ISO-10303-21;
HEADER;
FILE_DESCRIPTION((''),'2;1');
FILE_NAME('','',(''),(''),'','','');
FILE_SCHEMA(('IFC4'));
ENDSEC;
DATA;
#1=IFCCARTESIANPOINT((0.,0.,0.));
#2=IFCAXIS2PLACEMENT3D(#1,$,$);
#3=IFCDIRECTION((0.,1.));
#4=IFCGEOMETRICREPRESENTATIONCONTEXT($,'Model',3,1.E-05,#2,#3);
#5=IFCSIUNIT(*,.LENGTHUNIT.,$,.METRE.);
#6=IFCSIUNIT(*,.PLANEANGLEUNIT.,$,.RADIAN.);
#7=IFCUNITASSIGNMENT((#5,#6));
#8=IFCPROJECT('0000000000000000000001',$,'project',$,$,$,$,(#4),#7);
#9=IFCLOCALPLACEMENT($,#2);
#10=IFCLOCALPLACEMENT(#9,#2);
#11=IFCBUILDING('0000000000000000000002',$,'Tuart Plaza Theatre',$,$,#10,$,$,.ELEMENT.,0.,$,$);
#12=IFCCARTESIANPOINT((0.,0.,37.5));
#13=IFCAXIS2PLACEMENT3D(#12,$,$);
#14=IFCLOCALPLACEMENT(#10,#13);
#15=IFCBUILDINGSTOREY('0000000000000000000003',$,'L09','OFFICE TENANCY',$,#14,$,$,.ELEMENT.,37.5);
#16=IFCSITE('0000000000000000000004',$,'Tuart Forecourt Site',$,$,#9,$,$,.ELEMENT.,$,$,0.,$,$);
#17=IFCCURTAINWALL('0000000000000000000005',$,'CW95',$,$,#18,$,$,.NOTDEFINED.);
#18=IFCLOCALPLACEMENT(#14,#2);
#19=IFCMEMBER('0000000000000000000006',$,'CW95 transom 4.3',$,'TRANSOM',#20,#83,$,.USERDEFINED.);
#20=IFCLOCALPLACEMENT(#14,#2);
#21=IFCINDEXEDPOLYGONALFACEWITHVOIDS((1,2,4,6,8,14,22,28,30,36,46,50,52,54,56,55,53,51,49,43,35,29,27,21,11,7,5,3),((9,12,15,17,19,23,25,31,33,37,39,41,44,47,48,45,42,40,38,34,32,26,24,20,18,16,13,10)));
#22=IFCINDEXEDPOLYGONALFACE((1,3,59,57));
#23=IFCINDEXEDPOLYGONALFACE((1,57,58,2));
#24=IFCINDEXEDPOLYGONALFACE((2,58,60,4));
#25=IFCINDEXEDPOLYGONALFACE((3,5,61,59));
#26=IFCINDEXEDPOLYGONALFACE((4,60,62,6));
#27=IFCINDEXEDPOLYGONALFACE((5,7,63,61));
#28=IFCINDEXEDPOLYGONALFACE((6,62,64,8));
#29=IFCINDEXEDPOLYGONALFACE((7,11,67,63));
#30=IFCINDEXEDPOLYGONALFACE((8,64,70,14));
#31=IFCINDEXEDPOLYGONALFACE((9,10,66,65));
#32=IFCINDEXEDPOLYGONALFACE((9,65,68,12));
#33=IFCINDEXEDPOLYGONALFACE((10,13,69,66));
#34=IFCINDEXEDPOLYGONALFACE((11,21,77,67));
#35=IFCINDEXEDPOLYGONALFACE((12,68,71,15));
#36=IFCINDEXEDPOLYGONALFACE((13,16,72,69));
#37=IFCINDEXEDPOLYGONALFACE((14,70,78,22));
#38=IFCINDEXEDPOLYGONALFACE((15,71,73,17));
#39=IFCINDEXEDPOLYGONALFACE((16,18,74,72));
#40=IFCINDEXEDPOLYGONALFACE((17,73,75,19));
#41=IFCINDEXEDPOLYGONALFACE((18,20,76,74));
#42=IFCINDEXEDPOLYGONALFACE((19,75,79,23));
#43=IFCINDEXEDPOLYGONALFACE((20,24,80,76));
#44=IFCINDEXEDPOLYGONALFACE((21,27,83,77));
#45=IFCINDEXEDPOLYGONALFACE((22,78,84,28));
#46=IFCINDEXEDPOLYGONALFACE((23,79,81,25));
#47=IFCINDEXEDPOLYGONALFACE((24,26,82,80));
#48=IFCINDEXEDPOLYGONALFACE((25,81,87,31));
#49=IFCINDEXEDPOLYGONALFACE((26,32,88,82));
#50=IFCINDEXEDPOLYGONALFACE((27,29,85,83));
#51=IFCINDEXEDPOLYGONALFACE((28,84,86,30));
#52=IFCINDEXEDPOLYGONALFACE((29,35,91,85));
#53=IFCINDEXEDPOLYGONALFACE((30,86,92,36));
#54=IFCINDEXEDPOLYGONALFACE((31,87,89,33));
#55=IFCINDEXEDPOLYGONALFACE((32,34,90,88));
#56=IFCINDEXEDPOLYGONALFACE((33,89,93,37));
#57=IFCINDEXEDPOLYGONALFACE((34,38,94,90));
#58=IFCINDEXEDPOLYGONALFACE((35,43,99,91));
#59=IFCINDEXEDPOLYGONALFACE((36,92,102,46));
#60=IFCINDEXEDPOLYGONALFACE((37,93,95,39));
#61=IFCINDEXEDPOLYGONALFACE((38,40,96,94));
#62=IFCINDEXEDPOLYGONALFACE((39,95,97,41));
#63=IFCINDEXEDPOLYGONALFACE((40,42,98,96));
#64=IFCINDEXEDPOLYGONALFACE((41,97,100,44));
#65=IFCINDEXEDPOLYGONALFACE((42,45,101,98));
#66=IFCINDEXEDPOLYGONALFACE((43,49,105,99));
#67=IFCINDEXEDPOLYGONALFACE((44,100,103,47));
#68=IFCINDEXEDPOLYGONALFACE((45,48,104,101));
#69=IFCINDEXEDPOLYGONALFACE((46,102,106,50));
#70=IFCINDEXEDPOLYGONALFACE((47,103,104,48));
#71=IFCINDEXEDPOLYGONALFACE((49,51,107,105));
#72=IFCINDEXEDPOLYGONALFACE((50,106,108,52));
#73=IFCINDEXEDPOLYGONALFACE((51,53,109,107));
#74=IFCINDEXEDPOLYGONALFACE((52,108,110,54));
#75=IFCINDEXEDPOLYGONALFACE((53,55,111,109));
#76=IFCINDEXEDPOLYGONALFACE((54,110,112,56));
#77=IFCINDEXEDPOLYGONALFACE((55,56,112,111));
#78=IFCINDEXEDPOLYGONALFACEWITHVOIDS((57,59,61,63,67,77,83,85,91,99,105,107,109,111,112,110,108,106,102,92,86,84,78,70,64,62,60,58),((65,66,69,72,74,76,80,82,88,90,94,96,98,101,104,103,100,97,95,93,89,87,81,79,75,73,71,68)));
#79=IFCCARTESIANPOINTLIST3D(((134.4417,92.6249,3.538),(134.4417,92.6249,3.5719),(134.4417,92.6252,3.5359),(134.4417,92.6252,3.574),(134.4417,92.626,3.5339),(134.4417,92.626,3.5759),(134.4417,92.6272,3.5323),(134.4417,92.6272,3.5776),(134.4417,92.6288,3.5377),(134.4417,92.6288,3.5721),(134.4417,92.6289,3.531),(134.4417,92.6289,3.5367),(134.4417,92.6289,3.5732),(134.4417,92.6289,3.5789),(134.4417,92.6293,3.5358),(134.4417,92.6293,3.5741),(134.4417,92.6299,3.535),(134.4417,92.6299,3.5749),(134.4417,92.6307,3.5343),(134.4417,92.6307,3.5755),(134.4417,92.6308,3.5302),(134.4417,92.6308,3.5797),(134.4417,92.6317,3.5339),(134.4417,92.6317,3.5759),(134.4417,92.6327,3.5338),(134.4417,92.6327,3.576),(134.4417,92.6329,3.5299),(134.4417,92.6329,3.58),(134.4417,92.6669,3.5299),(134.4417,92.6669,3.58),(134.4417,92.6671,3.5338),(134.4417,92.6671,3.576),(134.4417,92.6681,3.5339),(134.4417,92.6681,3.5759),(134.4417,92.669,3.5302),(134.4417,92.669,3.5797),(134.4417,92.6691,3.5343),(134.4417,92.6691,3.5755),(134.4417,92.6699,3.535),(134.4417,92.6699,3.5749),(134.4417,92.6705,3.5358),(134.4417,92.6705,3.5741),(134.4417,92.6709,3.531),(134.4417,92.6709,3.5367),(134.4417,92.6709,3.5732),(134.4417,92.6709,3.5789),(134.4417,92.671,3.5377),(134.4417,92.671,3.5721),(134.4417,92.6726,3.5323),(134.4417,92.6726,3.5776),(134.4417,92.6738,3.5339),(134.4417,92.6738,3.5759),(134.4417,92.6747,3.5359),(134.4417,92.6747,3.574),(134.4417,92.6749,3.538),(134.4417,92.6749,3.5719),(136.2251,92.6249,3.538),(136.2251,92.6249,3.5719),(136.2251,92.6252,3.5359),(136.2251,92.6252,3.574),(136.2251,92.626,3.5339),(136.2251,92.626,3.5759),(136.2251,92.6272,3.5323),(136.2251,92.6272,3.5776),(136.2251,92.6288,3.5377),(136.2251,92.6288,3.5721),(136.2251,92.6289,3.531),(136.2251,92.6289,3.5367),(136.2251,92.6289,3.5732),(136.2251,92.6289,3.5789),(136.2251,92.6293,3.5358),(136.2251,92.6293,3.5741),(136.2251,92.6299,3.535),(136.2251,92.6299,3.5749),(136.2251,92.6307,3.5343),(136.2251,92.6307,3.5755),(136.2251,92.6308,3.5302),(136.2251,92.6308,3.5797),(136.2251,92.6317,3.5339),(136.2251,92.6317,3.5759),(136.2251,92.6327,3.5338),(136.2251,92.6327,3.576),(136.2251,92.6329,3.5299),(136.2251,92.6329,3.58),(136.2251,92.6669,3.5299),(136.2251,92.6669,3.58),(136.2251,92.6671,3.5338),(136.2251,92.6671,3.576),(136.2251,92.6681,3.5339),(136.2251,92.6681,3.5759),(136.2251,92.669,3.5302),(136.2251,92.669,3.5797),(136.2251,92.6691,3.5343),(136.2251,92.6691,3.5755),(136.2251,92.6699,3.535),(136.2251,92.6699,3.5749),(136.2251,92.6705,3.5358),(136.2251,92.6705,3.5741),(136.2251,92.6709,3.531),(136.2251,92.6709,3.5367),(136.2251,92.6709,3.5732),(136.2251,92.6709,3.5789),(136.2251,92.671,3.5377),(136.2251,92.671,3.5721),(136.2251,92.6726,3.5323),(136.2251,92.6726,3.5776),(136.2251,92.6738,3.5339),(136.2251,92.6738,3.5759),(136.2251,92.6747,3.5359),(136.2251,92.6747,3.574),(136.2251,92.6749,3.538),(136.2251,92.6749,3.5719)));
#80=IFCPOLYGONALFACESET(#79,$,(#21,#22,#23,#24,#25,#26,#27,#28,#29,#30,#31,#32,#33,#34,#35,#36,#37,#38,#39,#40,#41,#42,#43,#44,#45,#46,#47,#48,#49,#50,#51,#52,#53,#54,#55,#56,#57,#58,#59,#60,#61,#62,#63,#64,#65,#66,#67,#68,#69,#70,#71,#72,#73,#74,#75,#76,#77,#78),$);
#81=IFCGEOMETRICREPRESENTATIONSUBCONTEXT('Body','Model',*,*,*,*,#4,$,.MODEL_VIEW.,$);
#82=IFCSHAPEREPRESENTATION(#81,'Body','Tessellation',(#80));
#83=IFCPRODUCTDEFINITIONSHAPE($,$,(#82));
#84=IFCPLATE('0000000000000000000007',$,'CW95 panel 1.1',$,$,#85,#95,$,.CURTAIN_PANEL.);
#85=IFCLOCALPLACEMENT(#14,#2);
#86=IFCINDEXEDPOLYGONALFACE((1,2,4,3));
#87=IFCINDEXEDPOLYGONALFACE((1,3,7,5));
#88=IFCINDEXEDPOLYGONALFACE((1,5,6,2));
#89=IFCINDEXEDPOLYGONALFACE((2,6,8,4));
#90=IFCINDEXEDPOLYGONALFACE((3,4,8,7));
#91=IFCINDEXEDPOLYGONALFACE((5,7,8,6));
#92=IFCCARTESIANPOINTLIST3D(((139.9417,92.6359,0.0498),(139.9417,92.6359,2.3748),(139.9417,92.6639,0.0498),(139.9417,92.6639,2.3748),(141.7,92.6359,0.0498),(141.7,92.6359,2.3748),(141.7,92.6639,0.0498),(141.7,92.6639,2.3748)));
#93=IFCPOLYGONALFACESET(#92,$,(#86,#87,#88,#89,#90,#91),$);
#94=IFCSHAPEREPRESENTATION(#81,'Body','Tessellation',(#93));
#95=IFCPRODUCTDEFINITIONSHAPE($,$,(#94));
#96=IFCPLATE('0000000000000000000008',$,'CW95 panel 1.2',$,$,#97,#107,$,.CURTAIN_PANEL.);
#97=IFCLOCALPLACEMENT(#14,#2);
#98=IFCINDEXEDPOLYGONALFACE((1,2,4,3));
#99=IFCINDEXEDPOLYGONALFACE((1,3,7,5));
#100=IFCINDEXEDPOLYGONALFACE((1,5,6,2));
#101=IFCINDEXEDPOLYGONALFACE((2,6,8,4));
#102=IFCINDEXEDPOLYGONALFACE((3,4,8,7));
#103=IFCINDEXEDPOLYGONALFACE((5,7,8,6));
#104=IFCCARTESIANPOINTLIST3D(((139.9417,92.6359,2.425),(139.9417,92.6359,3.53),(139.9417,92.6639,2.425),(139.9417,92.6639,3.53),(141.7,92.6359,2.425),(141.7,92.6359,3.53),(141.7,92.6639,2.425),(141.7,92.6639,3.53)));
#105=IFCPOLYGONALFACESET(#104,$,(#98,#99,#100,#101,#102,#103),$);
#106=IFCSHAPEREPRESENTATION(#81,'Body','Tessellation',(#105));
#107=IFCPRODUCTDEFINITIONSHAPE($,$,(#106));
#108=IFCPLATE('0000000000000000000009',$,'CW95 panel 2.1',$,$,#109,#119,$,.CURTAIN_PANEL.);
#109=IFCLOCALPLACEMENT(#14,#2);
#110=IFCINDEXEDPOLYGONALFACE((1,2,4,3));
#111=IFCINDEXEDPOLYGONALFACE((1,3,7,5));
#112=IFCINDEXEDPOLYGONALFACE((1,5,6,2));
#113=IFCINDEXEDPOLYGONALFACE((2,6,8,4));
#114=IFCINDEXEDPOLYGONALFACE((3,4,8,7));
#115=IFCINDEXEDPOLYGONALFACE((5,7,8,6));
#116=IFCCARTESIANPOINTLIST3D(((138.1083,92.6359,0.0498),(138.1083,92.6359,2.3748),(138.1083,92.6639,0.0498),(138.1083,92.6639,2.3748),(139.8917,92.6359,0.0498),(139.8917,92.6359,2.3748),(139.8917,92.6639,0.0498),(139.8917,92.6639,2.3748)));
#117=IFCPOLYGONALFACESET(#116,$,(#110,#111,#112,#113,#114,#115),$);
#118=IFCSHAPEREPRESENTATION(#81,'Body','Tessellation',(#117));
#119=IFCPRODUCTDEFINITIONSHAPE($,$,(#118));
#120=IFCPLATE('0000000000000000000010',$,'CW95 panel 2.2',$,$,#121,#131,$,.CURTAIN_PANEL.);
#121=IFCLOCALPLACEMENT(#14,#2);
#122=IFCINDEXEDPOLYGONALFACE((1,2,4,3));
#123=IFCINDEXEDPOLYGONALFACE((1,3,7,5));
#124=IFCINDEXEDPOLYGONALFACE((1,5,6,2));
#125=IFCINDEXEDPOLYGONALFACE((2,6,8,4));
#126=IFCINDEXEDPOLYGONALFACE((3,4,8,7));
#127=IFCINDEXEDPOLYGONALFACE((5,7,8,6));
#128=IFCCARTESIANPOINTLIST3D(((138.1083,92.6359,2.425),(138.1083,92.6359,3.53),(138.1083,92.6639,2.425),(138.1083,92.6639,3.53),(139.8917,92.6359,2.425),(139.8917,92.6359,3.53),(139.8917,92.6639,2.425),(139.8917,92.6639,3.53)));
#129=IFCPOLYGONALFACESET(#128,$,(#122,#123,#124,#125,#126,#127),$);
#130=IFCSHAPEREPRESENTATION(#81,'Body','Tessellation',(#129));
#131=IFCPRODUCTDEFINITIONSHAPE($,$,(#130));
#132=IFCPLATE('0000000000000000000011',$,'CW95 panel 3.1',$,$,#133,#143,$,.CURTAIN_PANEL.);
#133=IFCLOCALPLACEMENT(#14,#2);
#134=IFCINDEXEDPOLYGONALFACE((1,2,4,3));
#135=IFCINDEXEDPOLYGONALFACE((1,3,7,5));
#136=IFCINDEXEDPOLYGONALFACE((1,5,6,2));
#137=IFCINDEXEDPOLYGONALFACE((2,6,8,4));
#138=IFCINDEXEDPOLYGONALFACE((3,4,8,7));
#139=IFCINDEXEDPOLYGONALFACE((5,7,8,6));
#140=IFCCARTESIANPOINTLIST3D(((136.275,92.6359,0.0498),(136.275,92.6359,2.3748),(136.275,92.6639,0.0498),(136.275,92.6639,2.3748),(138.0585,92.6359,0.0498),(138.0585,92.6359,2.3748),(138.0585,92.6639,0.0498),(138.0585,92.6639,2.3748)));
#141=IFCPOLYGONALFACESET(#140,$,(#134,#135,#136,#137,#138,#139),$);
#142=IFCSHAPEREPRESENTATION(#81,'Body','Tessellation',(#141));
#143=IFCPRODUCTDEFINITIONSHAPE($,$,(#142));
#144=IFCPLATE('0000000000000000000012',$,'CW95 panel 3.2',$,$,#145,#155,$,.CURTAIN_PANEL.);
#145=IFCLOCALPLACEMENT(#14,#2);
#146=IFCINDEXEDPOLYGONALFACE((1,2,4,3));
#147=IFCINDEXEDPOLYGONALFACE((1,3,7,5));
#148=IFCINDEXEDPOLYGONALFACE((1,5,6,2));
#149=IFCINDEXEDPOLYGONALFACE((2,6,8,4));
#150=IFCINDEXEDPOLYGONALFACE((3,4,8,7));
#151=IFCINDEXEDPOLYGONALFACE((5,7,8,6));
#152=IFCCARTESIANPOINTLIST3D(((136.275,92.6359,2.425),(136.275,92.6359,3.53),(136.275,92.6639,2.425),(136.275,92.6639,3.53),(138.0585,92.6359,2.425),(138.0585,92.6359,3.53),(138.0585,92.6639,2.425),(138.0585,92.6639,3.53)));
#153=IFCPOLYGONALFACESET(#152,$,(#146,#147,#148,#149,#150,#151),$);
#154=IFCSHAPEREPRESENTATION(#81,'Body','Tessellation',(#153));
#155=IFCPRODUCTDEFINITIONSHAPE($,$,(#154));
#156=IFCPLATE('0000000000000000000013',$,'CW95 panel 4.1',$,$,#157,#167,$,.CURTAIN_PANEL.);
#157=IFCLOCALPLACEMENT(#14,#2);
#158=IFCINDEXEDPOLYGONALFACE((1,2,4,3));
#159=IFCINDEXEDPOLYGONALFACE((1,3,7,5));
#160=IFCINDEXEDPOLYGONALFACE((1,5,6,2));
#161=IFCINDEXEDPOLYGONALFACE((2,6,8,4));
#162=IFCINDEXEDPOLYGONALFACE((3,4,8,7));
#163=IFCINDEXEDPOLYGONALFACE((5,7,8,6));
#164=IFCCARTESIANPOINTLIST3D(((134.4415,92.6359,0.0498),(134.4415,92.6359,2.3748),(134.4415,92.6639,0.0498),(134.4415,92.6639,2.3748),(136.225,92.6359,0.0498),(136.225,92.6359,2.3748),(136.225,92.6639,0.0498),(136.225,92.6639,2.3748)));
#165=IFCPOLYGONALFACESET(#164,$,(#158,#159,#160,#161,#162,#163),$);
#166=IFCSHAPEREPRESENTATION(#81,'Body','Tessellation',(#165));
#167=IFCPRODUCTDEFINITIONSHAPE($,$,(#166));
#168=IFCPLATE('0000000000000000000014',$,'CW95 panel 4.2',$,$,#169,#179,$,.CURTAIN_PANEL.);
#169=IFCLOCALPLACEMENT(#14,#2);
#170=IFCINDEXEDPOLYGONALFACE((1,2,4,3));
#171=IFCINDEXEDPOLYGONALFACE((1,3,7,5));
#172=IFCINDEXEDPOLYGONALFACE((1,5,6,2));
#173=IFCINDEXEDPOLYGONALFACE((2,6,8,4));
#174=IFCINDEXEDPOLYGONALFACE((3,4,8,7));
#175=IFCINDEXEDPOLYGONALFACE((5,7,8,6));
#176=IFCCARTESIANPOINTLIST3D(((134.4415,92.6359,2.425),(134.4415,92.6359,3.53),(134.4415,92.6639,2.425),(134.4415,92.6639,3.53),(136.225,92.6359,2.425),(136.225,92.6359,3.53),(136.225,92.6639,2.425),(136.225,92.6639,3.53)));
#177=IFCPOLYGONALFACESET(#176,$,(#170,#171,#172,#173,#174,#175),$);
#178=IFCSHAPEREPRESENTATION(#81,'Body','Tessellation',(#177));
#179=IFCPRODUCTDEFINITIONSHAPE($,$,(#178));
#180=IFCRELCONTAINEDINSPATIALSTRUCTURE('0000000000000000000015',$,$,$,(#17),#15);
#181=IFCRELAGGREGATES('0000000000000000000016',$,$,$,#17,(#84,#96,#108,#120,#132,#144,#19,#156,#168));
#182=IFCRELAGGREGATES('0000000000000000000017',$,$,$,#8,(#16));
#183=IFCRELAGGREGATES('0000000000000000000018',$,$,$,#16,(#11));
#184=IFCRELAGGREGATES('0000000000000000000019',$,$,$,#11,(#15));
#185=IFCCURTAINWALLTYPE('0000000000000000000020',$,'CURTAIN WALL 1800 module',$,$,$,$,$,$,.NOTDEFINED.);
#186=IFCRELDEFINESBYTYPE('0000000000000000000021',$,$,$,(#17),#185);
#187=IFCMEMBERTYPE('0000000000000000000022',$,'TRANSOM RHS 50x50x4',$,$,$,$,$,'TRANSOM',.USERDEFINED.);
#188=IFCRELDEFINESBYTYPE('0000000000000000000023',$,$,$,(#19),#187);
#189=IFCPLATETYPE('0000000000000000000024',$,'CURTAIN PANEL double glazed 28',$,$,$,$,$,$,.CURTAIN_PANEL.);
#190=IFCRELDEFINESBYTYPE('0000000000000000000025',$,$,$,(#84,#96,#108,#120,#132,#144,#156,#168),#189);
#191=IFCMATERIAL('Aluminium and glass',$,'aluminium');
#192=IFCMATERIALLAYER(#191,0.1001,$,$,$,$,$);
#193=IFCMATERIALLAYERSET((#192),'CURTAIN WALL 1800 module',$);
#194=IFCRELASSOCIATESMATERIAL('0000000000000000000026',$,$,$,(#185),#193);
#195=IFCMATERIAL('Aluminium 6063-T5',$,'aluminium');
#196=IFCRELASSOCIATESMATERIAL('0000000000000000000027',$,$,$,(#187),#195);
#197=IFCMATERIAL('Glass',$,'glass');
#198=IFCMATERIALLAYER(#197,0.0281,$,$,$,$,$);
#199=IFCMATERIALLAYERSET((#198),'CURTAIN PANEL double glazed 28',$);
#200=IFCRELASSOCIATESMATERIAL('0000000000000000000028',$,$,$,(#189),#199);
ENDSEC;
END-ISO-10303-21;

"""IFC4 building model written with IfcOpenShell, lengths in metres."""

from ifc_helpers import new_model, si_unit, direction, frame, origin, origin_2d, place, context, subcontext, project, spatial, rectangle, hollow_rectangle, extrude, material, layer, layer_set, material_profile, profile_set, type_object, element, aggregate, save


model = new_model("IFC4")

# Units and contexts
model_context = context("Model", 3, precision=1e-05, world=origin(), true_north=direction((0.0, 1.0)))
body_context = subcontext(model_context, "Body", "Model", "MODEL_VIEW")
ifc_project = project(units=[si_unit("LENGTHUNIT", "METRE"), si_unit("PLANEANGLEUNIT", "RADIAN")], contexts=[model_context])

# Site, building, storey
site_placement = place(None, origin())
site = spatial("IfcSite", under=ifc_project, at=site_placement, Name="Tuart Forecourt Site", CompositionType="ELEMENT", RefElevation=0.0)
building_placement = place(site_placement, origin())
building = spatial("IfcBuilding", under=site, at=building_placement, Name="Tuart Plaza Theatre", CompositionType="ELEMENT", ElevationOfRefHeight=0.0)
storey_placement = place(building_placement, frame((0.0, 0.0, 37.5)))
storey = spatial("IfcBuildingStorey", under=building, at=storey_placement, Name="L09", Description="OFFICE TENANCY", CompositionType="ELEMENT", Elevation=37.5)

# Curtain wall, member, plates
ifc_material_1 = material(Name="Aluminium and glass", Category="aluminium")
ifc_layer_1 = layer(ifc_material_1, 0.1001)
ifc_layer_set_1 = layer_set([ifc_layer_1], Name="CURTAIN WALL 1800 module")
curtain_wall_type = type_object("IfcCurtainWallType", Name="CURTAIN WALL 1800 module", PredefinedType="NOTDEFINED", material=ifc_layer_set_1)
curtain_wall_placement = place(storey_placement, origin())
curtain_wall = element("IfcCurtainWall", 1, at=curtain_wall_placement, inside=storey, type_object=curtain_wall_type, Name="CW95", PredefinedType="NOTDEFINED")
ifc_material_2 = material(Name="Aluminium 6063-T5", Category="aluminium")
ifc_material_profile_1 = material_profile(ifc_material_2, hollow_rectangle(XDim=0.05, YDim=0.05, WallThickness=0.0039, InnerFilletRadius=0.0039, OuterFilletRadius=0.0081, at=origin_2d()), Name="RHS 50x50x4")
ifc_profile_set_1 = profile_set([ifc_material_profile_1], Name="Aluminium 6063-T5")
member_type_1 = type_object("IfcMemberType", Name="TRANSOM RHS 50x50x4", ElementType="TRANSOM", PredefinedType="USERDEFINED", material=ifc_profile_set_1)
member_1_placement = place(storey_placement, frame((136.2251, 92.6499, 3.5549), z_axis=(-1.0, 0.0, 0.0), x_axis=(0.0, -1.0, 0.0)))
member_1 = element("IfcMember", 2, at=member_1_placement, type_object=member_type_1, Name="CW95 transom 4.3", ObjectType="TRANSOM", PredefinedType="USERDEFINED", context=body_context, shape_type="SweptSolid", body=[
    extrude(hollow_rectangle(XDim=0.05, YDim=0.05, WallThickness=0.0039, InnerFilletRadius=0.0039, OuterFilletRadius=0.0081, at=origin_2d()), origin(), (0.0, 0.0, 1.0), 1.7834),
])
ifc_material_3 = material(Name="Glass", Category="glass")
ifc_layer_2 = layer(ifc_material_3, 0.0281)
ifc_layer_set_2 = layer_set([ifc_layer_2], Name="CURTAIN PANEL double glazed 28")
plate_type = type_object("IfcPlateType", Name="CURTAIN PANEL double glazed 28", PredefinedType="CURTAIN_PANEL", material=ifc_layer_set_2)
plate_1_placement = place(storey_placement, frame((140.8208, 92.6499, 0.0498), z_axis=(0.0, 0.0, 1.0), x_axis=(-1.0, 0.0, 0.0)))
plate_1 = element("IfcPlate", 3, at=plate_1_placement, type_object=plate_type, Name="CW95 panel 1.1", PredefinedType="CURTAIN_PANEL", context=body_context, shape_type="SweptSolid", body=[
    extrude(rectangle(XDim=1.7583, YDim=0.0281, at=origin_2d()), origin(), (0.0, 0.0, 1.0), 2.325),
])
plate_2_placement = place(storey_placement, frame((140.8208, 92.6499, 2.425), z_axis=(0.0, 0.0, 1.0), x_axis=(-1.0, 0.0, 0.0)))
plate_2 = element("IfcPlate", 4, at=plate_2_placement, type_object=plate_type, Name="CW95 panel 1.2", PredefinedType="CURTAIN_PANEL", context=body_context, shape_type="SweptSolid", body=[
    extrude(rectangle(XDim=1.7583, YDim=0.0281, at=origin_2d()), origin(), (0.0, 0.0, 1.0), 1.105),
])
plate_3_placement = place(storey_placement, frame((139.0, 92.6499, 0.0498), z_axis=(0.0, 0.0, 1.0), x_axis=(-1.0, 0.0, 0.0)))
plate_3 = element("IfcPlate", 5, at=plate_3_placement, type_object=plate_type, Name="CW95 panel 2.1", PredefinedType="CURTAIN_PANEL", context=body_context, shape_type="SweptSolid", body=[
    extrude(rectangle(XDim=1.7834, YDim=0.0281, at=origin_2d()), origin(), (0.0, 0.0, 1.0), 2.325),
])
plate_4_placement = place(storey_placement, frame((139.0, 92.6499, 2.425), z_axis=(0.0, 0.0, 1.0), x_axis=(-1.0, 0.0, 0.0)))
plate_4 = element("IfcPlate", 6, at=plate_4_placement, type_object=plate_type, Name="CW95 panel 2.2", PredefinedType="CURTAIN_PANEL", context=body_context, shape_type="SweptSolid", body=[
    extrude(rectangle(XDim=1.7834, YDim=0.0281, at=origin_2d()), origin(), (0.0, 0.0, 1.0), 1.105),
])
plate_5_placement = place(storey_placement, frame((137.1667, 92.6499, 0.0498), z_axis=(0.0, 0.0, 1.0), x_axis=(-1.0, 0.0, 0.0)))
plate_5 = element("IfcPlate", 7, at=plate_5_placement, type_object=plate_type, Name="CW95 panel 3.1", PredefinedType="CURTAIN_PANEL", context=body_context, shape_type="SweptSolid", body=[
    extrude(rectangle(XDim=1.7834, YDim=0.0281, at=origin_2d()), origin(), (0.0, 0.0, 1.0), 2.325),
])
plate_6_placement = place(storey_placement, frame((137.1667, 92.6499, 2.425), z_axis=(0.0, 0.0, 1.0), x_axis=(-1.0, 0.0, 0.0)))
plate_6 = element("IfcPlate", 8, at=plate_6_placement, type_object=plate_type, Name="CW95 panel 3.2", PredefinedType="CURTAIN_PANEL", context=body_context, shape_type="SweptSolid", body=[
    extrude(rectangle(XDim=1.7834, YDim=0.0281, at=origin_2d()), origin(), (0.0, 0.0, 1.0), 1.105),
])
plate_7_placement = place(storey_placement, frame((135.3333, 92.6499, 0.0498), z_axis=(0.0, 0.0, 1.0), x_axis=(-1.0, 0.0, 0.0)))
plate_7 = element("IfcPlate", 9, at=plate_7_placement, type_object=plate_type, Name="CW95 panel 4.1", PredefinedType="CURTAIN_PANEL", context=body_context, shape_type="SweptSolid", body=[
    extrude(rectangle(XDim=1.7834, YDim=0.0281, at=origin_2d()), origin(), (0.0, 0.0, 1.0), 2.325),
])
plate_8_placement = place(storey_placement, frame((135.3333, 92.6499, 2.425), z_axis=(0.0, 0.0, 1.0), x_axis=(-1.0, 0.0, 0.0)))
plate_8 = element("IfcPlate", 10, at=plate_8_placement, type_object=plate_type, Name="CW95 panel 4.2", PredefinedType="CURTAIN_PANEL", context=body_context, shape_type="SweptSolid", body=[
    extrude(rectangle(XDim=1.7834, YDim=0.0281, at=origin_2d()), origin(), (0.0, 0.0, 1.0), 1.105),
])
aggregate(curtain_wall, [plate_1, plate_2, plate_3, plate_4, plate_5, plate_6, member_1, plate_7, plate_8])

save(model, "model.ifc")
